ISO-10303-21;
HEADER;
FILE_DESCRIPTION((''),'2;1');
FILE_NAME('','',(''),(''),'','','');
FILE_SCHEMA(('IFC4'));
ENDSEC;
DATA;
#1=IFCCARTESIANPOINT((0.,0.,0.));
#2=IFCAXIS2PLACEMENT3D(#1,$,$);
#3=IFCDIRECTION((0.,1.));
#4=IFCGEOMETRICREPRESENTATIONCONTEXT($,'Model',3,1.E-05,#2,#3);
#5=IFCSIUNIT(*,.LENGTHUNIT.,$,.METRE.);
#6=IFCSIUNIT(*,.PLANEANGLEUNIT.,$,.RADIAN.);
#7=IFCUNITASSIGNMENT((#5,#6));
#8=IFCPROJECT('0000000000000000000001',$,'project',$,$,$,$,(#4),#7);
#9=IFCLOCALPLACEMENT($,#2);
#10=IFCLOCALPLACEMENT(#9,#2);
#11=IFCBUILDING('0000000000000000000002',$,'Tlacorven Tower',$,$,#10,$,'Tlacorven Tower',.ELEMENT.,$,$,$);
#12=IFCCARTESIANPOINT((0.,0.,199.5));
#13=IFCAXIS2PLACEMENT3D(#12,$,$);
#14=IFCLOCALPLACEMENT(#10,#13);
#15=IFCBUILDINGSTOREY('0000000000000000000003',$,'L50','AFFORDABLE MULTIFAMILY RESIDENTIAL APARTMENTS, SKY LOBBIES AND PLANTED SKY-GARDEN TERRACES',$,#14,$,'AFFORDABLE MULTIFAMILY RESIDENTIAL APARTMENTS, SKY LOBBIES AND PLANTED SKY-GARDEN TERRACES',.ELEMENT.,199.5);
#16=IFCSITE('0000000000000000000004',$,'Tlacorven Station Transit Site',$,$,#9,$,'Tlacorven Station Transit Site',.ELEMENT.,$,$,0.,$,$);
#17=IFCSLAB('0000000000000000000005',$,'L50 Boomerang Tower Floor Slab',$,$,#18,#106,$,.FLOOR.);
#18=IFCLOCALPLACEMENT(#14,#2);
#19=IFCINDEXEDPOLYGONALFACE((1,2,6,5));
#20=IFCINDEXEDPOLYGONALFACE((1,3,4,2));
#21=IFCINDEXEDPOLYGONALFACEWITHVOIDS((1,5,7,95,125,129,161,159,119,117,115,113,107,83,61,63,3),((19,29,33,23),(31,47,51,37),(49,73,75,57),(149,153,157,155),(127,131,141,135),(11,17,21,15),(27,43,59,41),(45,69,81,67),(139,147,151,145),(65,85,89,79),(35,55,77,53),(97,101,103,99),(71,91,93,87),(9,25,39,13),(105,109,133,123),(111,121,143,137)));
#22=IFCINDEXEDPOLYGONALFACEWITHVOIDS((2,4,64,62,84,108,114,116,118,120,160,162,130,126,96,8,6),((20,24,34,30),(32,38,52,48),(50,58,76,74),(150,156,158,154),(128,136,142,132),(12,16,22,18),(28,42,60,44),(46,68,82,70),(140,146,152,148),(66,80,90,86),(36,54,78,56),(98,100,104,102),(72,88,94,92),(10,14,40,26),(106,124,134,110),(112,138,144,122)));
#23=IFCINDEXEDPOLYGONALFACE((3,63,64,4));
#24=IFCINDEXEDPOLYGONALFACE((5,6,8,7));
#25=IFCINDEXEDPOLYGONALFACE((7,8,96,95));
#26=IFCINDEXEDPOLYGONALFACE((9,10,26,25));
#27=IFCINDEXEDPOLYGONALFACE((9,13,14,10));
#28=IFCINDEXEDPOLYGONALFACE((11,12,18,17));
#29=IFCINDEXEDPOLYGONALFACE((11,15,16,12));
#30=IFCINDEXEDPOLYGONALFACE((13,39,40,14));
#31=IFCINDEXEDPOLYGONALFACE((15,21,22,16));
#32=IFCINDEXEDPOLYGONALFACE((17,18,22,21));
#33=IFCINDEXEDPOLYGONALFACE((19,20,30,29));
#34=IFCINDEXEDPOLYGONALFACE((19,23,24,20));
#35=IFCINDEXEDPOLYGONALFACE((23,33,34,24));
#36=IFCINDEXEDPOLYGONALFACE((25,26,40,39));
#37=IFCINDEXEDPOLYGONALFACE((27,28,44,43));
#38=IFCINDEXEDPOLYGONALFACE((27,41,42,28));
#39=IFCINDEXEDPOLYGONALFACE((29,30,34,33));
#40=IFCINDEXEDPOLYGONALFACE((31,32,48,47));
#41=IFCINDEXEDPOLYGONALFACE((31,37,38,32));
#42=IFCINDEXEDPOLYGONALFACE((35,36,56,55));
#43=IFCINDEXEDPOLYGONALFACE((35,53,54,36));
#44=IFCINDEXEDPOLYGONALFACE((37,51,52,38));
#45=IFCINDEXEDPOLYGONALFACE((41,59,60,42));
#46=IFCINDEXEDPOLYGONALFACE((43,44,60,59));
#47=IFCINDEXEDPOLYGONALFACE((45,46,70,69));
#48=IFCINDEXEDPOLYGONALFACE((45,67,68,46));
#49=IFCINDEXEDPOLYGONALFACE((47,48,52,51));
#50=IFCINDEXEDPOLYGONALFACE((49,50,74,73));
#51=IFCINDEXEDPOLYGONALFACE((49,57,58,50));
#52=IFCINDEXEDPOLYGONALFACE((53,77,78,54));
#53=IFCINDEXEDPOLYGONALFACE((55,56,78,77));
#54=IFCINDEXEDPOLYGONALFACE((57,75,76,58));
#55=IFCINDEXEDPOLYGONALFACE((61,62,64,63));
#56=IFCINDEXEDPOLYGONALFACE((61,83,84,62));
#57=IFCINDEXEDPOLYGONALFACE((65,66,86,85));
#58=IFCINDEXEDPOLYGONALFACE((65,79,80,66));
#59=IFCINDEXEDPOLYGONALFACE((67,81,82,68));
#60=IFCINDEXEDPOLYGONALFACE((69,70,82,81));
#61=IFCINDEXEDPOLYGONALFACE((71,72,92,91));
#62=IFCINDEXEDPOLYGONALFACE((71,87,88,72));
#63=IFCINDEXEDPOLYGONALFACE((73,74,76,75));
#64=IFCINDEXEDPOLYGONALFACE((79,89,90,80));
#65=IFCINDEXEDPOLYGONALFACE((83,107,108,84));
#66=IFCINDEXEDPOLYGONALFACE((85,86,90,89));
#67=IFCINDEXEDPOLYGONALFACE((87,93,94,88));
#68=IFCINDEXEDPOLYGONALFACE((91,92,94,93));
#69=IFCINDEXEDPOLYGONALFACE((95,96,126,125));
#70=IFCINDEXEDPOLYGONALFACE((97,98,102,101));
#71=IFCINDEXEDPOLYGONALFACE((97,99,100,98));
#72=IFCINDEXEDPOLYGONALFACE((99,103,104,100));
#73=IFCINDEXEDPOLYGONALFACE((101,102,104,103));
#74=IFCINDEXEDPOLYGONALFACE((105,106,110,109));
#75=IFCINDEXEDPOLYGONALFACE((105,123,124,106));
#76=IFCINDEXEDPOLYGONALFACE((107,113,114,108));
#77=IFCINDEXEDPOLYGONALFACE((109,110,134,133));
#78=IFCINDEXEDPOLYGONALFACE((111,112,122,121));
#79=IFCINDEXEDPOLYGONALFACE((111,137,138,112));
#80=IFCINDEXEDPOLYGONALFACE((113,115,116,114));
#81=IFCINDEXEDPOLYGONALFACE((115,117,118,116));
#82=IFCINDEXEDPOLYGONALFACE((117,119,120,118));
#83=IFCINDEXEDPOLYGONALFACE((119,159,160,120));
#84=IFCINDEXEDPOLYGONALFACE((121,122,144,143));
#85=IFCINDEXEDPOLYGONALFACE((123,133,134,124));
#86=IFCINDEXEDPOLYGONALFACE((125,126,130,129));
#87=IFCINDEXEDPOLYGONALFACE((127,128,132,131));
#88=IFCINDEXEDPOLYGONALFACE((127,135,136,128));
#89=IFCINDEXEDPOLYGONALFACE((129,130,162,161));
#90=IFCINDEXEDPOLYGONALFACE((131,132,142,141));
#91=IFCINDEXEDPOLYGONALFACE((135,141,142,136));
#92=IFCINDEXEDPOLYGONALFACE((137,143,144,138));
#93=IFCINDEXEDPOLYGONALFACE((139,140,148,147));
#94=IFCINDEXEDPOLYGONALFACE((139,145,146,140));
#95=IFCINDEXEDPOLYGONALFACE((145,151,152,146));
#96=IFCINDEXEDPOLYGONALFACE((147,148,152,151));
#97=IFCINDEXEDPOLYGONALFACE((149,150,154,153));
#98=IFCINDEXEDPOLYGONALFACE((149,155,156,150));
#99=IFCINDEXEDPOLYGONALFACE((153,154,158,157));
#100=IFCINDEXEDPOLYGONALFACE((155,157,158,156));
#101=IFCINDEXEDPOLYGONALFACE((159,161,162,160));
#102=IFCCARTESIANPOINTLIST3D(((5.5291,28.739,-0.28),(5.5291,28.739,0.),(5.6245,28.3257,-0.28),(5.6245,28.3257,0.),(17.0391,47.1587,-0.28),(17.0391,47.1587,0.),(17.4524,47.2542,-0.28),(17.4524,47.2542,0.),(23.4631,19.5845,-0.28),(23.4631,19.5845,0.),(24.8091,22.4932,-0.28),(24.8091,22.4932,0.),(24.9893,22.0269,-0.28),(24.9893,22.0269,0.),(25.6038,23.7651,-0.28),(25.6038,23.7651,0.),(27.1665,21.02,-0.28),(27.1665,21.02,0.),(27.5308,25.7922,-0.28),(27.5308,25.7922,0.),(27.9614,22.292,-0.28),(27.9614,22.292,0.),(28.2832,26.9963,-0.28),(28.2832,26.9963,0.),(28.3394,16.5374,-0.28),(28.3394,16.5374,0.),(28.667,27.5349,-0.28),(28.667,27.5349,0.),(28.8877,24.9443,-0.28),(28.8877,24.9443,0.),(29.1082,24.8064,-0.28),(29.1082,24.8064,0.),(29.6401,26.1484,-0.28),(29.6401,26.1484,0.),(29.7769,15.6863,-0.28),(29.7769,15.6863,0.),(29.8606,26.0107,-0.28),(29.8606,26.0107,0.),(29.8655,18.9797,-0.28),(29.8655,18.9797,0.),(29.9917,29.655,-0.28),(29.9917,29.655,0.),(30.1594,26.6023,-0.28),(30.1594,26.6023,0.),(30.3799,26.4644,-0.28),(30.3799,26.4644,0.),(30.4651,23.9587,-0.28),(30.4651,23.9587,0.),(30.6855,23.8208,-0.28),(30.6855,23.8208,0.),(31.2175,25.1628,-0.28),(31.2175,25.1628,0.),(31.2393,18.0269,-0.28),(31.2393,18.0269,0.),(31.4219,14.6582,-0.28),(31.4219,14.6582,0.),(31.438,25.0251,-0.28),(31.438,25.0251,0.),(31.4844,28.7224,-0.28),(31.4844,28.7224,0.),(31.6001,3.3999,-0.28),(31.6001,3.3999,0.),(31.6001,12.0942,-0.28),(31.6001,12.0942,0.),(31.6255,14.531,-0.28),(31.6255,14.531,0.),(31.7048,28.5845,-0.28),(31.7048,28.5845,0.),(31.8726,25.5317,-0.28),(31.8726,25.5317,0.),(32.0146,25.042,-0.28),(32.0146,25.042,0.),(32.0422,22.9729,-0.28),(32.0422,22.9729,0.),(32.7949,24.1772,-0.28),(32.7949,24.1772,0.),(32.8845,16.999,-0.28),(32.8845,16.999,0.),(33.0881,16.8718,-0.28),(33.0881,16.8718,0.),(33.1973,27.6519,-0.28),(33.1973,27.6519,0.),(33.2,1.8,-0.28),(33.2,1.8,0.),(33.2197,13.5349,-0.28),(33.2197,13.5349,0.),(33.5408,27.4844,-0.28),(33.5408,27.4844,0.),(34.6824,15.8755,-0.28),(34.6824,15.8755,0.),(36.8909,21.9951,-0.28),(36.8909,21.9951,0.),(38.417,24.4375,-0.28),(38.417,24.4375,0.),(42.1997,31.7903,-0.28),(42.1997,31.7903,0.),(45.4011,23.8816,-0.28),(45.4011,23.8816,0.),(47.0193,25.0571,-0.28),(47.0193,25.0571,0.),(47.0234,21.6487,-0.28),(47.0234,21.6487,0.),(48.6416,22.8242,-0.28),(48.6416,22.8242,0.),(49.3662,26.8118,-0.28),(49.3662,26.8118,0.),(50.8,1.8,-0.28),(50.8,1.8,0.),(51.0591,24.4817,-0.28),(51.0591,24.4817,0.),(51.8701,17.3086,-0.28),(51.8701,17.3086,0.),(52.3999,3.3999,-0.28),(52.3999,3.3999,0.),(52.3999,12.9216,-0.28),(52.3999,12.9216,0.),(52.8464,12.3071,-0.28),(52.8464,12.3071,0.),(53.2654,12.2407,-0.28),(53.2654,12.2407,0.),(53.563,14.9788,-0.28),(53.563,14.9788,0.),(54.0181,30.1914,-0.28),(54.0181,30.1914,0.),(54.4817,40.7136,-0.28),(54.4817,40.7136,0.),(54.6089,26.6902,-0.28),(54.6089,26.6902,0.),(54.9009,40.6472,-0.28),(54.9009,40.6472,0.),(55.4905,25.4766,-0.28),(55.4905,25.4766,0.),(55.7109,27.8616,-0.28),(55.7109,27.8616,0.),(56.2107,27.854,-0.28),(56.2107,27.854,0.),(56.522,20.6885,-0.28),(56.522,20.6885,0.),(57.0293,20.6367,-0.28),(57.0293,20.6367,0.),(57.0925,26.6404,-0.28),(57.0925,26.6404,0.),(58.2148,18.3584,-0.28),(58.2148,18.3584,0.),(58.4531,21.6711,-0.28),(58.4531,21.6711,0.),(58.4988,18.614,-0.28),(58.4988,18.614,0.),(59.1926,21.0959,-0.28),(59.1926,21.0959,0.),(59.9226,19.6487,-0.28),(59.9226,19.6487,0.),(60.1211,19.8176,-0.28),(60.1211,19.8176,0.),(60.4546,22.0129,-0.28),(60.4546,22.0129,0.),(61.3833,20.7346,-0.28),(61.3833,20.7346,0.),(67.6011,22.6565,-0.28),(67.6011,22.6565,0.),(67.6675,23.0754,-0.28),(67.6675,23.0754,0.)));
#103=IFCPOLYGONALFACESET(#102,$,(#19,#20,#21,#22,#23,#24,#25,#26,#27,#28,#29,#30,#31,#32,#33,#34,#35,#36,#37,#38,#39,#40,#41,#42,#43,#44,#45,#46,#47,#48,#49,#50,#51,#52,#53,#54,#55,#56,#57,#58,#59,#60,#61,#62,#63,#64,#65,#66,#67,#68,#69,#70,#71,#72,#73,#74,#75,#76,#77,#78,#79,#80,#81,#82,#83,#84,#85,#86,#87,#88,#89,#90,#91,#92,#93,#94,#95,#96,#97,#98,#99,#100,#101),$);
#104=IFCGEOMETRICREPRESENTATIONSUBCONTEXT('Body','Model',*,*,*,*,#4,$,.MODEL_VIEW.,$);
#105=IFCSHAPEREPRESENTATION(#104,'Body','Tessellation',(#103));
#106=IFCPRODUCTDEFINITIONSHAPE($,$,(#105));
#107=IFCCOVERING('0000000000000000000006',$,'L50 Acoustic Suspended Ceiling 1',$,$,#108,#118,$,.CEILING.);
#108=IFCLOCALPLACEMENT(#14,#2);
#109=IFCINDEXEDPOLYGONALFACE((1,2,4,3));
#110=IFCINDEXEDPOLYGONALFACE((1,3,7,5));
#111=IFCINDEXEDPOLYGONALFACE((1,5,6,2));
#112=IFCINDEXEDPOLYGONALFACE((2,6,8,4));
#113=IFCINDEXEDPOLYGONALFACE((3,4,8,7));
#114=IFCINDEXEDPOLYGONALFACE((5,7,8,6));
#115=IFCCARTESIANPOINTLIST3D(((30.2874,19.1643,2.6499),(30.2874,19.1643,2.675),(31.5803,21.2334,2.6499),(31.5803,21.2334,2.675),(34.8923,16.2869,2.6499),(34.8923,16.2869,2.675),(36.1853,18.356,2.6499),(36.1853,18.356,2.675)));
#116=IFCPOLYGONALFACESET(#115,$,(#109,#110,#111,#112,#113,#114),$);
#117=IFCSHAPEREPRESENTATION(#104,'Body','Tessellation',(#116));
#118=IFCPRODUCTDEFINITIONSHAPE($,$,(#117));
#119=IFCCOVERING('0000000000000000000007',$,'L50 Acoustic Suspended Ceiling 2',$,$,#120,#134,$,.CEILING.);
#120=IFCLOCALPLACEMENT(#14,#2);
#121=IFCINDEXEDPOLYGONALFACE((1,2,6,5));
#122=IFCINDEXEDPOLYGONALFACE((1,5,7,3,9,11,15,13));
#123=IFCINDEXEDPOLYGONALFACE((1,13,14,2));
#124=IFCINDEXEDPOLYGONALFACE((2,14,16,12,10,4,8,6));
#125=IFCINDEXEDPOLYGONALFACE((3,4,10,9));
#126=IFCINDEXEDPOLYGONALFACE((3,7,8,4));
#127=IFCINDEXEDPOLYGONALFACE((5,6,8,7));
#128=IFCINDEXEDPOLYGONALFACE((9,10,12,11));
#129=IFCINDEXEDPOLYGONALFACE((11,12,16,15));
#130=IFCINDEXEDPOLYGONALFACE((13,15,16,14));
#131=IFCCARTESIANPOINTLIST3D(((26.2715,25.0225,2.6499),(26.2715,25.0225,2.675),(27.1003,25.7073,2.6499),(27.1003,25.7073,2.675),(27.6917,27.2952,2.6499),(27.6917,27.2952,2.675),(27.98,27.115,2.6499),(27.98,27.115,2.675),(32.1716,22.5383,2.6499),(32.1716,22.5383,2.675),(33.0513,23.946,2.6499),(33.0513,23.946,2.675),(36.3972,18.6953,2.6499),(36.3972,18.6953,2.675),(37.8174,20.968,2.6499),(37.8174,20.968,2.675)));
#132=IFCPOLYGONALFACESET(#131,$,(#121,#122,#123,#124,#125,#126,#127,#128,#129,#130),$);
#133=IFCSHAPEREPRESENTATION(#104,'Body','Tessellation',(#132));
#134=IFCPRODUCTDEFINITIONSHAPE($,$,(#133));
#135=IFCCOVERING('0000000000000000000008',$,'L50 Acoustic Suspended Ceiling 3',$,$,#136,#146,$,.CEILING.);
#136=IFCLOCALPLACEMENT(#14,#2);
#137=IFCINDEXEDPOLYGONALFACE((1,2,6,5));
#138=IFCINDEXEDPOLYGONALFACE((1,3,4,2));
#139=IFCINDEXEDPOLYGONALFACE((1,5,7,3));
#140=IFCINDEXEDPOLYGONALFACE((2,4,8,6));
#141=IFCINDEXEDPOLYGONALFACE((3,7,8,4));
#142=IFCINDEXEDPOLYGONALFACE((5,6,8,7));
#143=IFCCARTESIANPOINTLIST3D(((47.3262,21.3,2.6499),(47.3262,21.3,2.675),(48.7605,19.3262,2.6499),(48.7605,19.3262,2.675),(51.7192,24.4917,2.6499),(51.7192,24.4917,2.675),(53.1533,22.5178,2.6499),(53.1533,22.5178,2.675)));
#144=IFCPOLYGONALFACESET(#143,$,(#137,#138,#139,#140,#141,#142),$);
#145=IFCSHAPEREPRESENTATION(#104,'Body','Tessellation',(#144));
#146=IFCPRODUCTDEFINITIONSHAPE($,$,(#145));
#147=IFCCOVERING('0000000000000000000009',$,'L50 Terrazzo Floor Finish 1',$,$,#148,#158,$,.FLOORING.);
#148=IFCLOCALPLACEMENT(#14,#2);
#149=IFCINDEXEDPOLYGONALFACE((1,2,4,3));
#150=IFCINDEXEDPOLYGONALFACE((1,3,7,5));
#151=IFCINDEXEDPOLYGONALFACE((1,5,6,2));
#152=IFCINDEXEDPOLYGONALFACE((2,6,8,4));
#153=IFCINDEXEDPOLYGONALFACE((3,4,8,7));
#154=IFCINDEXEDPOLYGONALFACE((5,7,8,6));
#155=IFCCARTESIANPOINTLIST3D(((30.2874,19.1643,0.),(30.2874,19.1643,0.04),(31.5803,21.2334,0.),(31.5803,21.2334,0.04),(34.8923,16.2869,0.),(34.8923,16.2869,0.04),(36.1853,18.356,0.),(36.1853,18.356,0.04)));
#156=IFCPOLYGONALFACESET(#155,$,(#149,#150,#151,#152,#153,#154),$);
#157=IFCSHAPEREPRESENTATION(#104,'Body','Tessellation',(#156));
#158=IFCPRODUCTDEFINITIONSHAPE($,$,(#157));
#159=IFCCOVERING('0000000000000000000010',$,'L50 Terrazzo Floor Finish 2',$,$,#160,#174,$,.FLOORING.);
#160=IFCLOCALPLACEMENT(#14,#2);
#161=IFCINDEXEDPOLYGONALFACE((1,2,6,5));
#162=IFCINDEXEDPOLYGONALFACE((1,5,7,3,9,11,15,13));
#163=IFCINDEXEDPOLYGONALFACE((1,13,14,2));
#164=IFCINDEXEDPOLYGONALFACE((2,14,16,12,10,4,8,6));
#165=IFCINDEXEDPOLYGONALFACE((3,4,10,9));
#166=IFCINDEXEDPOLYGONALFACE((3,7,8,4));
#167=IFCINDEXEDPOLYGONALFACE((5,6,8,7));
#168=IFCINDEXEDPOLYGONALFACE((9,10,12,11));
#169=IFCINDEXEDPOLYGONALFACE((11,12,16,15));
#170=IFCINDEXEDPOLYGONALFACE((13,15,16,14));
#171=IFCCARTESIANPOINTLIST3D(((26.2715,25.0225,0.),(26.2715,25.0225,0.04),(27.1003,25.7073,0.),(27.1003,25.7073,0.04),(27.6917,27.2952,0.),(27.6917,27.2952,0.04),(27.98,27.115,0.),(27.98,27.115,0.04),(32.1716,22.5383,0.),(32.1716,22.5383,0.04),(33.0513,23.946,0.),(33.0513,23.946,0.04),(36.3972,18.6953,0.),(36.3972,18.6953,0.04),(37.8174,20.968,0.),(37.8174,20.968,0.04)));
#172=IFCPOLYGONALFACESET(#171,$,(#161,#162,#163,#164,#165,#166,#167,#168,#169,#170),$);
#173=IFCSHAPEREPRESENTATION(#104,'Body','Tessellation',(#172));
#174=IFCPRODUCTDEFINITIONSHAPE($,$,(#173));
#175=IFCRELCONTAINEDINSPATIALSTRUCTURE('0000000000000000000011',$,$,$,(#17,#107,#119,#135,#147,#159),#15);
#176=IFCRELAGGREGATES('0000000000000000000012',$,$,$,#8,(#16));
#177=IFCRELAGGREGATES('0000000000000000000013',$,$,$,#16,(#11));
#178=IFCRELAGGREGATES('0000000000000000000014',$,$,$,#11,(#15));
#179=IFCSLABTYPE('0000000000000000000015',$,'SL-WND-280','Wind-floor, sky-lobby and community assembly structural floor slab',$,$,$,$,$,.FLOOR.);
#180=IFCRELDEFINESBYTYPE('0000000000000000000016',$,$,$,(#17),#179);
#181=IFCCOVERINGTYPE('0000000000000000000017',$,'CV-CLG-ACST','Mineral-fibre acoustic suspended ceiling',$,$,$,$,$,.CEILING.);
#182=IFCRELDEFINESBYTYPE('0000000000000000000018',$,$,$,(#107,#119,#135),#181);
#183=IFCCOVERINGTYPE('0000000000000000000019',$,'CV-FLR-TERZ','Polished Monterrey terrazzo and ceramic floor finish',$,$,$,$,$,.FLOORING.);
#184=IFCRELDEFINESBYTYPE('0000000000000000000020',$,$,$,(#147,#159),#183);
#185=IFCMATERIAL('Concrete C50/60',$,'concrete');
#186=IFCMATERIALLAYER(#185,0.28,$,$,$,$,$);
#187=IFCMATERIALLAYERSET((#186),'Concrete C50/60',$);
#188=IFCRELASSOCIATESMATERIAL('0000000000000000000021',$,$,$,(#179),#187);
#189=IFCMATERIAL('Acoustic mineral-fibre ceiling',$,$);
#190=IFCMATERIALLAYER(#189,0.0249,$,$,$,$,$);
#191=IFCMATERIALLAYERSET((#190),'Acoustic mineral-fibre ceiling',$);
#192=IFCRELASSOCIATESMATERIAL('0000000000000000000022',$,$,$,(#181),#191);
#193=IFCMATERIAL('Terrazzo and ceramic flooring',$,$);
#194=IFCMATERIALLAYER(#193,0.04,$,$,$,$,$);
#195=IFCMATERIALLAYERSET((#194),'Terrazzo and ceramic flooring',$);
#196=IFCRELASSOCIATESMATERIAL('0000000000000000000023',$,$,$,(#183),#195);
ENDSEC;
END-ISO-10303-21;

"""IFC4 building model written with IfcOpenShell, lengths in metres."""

from ifc_helpers import new_model, si_unit, direction, frame, origin, place, context, subcontext, project, spatial, polyline, outline, extrude, material, layer, layer_set, type_object, element, save


model = new_model("IFC4")

# Units and contexts
model_context = context("Model", 3, precision=1e-05, world=origin(), true_north=direction((0.0, 1.0)))
body_context = subcontext(model_context, "Body", "Model", "MODEL_VIEW")
ifc_project = project(units=[si_unit("LENGTHUNIT", "METRE"), si_unit("PLANEANGLEUNIT", "RADIAN")], contexts=[model_context])

# Site, building, storey
site_placement = place(None, origin())
site = spatial("IfcSite", under=ifc_project, at=site_placement, Name="Tlacorven Station Transit Site", LongName="Tlacorven Station Transit Site", CompositionType="ELEMENT", RefElevation=0.0)
building_placement = place(site_placement, origin())
building = spatial("IfcBuilding", under=site, at=building_placement, Name="Tlacorven Tower", LongName="Tlacorven Tower", CompositionType="ELEMENT")
storey_placement = place(building_placement, frame((0.0, 0.0, 199.5)))
storey = spatial("IfcBuildingStorey", under=building, at=storey_placement, Name="L50", Description="AFFORDABLE MULTIFAMILY RESIDENTIAL APARTMENTS, SKY LOBBIES AND PLANTED SKY-GARDEN TERRACES", LongName="AFFORDABLE MULTIFAMILY RESIDENTIAL APARTMENTS, SKY LOBBIES AND PLANTED SKY-GARDEN TERRACES", CompositionType="ELEMENT", Elevation=199.5)

# Slab
ifc_material_1 = material(Name="Concrete C50/60", Category="concrete")
ifc_layer_1 = layer(ifc_material_1, 0.28)
ifc_layer_set_1 = layer_set([ifc_layer_1], Name="Concrete C50/60")
slab_type_1 = type_object("IfcSlabType", Name="SL-WND-280", Description="Wind-floor, sky-lobby and community assembly structural floor slab", PredefinedType="FLOOR", material=ifc_layer_set_1)
slab_1_placement = place(storey_placement, frame((0.0, 0.0, -0.28)))
element("IfcSlab", 1, at=slab_1_placement, inside=storey, type_object=slab_type_1, Name="L50 Boomerang Tower Floor Slab", PredefinedType="FLOOR", context=body_context, shape_type="SweptSolid", body=[
    extrude(outline(polyline([(52.3999, 3.3999), (50.8, 1.8), (33.2, 1.8), (31.6001, 3.3999), (31.6001, 12.0942), (5.6245, 28.3257), (5.5291, 28.739), (17.0391, 47.1587), (17.4524, 47.2542), (42.1997, 31.7903), (54.4817, 40.7136), (54.9009, 40.6472), (67.6675, 23.0754), (67.6011, 22.6565), (53.2654, 12.2407), (52.8464, 12.3071), (52.3999, 12.9216), (52.3999, 3.3999)]), holes=[polyline([(29.8655, 18.9797), (24.9893, 22.0269), (23.4631, 19.5845), (28.3394, 16.5374), (29.8655, 18.9797)]), polyline([(38.417, 24.4375), (33.5408, 27.4844), (32.0146, 25.042), (36.8909, 21.9951), (38.417, 24.4375)]), polyline([(51.0591, 24.4817), (55.7109, 27.8616), (54.0181, 30.1914), (49.3662, 26.8118), (51.0591, 24.4817)]), polyline([(53.563, 14.9788), (58.2148, 18.3584), (56.522, 20.6885), (51.8701, 17.3086), (53.563, 14.9788)]), polyline([(34.6824, 15.8755), (33.0881, 16.8718), (31.6255, 14.531), (33.2197, 13.5349), (34.6824, 15.8755)]), polyline([(32.8845, 16.999), (31.2393, 18.0269), (29.7769, 15.6863), (31.4219, 14.6582), (32.8845, 16.999)]), polyline([(47.0234, 21.6487), (48.6416, 22.8242), (47.0193, 25.0571), (45.4011, 23.8816), (47.0234, 21.6487)]), polyline([(33.1973, 27.6519), (31.7048, 28.5845), (30.3799, 26.4644), (31.8726, 25.5317), (33.1973, 27.6519)]), polyline([(31.4844, 28.7224), (29.9917, 29.655), (28.667, 27.5349), (30.1594, 26.6023), (31.4844, 28.7224)]), polyline([(32.7949, 24.1772), (31.438, 25.0251), (30.6855, 23.8208), (32.0422, 22.9729), (32.7949, 24.1772)]), polyline([(31.2175, 25.1628), (29.8606, 26.0107), (29.1082, 24.8064), (30.4651, 23.9587), (31.2175, 25.1628)]), polyline([(29.6401, 26.1484), (28.2832, 26.9963), (27.5308, 25.7922), (28.8877, 24.9443), (29.6401, 26.1484)]), polyline([(58.4988, 18.614), (59.9226, 19.6487), (58.4531, 21.6711), (57.0293, 20.6367), (58.4988, 18.614)]), polyline([(27.9614, 22.292), (25.6038, 23.7651), (24.8091, 22.4932), (27.1665, 21.02), (27.9614, 22.292)]), polyline([(55.4905, 25.4766), (57.0925, 26.6404), (56.2107, 27.854), (54.6089, 26.6902), (55.4905, 25.4766)]), polyline([(60.1211, 19.8176), (61.3833, 20.7346), (60.4546, 22.0129), (59.1926, 21.0959), (60.1211, 19.8176)])]), origin(), (0.0, 0.0, 1.0), 0.28),
])

# Coverings
ifc_material_2 = material(Name="Acoustic mineral-fibre ceiling")
ifc_layer_2 = layer(ifc_material_2, 0.0249)
ifc_layer_set_2 = layer_set([ifc_layer_2], Name="Acoustic mineral-fibre ceiling")
covering_type_1 = type_object("IfcCoveringType", Name="CV-CLG-ACST", Description="Mineral-fibre acoustic suspended ceiling", PredefinedType="CEILING", material=ifc_layer_set_2)
covering_1_placement = place(storey_placement, frame((0.0, 0.0, 2.6499)))
element("IfcCovering", 2, at=covering_1_placement, inside=storey, type_object=covering_type_1, Name="L50 Acoustic Suspended Ceiling 1", PredefinedType="CEILING", context=body_context, shape_type="SweptSolid", body=[
    extrude(outline(polyline([(36.1853, 18.356), (34.8923, 16.2869), (30.2874, 19.1643), (31.5803, 21.2334), (36.1853, 18.356)])), origin(), (0.0, 0.0, 1.0), 0.0251),
])
covering_2_placement = place(storey_placement, frame((0.0, 0.0, 2.6499)))
element("IfcCovering", 3, at=covering_2_placement, inside=storey, type_object=covering_type_1, Name="L50 Acoustic Suspended Ceiling 2", PredefinedType="CEILING", context=body_context, shape_type="SweptSolid", body=[
    extrude(outline(polyline([(37.8174, 20.968), (36.3972, 18.6953), (26.2715, 25.0225), (27.6917, 27.2952), (27.98, 27.115), (27.1003, 25.7073), (32.1716, 22.5383), (33.0513, 23.946), (37.8174, 20.968)])), origin(), (0.0, 0.0, 1.0), 0.0251),
])
covering_3_placement = place(storey_placement, frame((0.0, 0.0, 2.6499)))
element("IfcCovering", 4, at=covering_3_placement, inside=storey, type_object=covering_type_1, Name="L50 Acoustic Suspended Ceiling 3", PredefinedType="CEILING", context=body_context, shape_type="SweptSolid", body=[
    extrude(outline(polyline([(48.7605, 19.3262), (47.3262, 21.3), (51.7192, 24.4917), (53.1533, 22.5178), (48.7605, 19.3262)])), origin(), (0.0, 0.0, 1.0), 0.0251),
])
ifc_material_3 = material(Name="Terrazzo and ceramic flooring")
ifc_layer_3 = layer(ifc_material_3, 0.04)
ifc_layer_set_3 = layer_set([ifc_layer_3], Name="Terrazzo and ceramic flooring")
covering_type_2 = type_object("IfcCoveringType", Name="CV-FLR-TERZ", Description="Polished Monterrey terrazzo and ceramic floor finish", PredefinedType="FLOORING", material=ifc_layer_set_3)
covering_4_placement = place(storey_placement, origin())
element("IfcCovering", 5, at=covering_4_placement, inside=storey, type_object=covering_type_2, Name="L50 Terrazzo Floor Finish 1", PredefinedType="FLOORING", context=body_context, shape_type="SweptSolid", body=[
    extrude(outline(polyline([(36.1853, 18.356), (34.8923, 16.2869), (30.2874, 19.1643), (31.5803, 21.2334), (36.1853, 18.356)])), origin(), (0.0, 0.0, 1.0), 0.04),
])
covering_5_placement = place(storey_placement, origin())
element("IfcCovering", 6, at=covering_5_placement, inside=storey, type_object=covering_type_2, Name="L50 Terrazzo Floor Finish 2", PredefinedType="FLOORING", context=body_context, shape_type="SweptSolid", body=[
    extrude(outline(polyline([(37.8174, 20.968), (36.3972, 18.6953), (26.2715, 25.0225), (27.6917, 27.2952), (27.98, 27.115), (27.1003, 25.7073), (32.1716, 22.5383), (33.0513, 23.946), (37.8174, 20.968)])), origin(), (0.0, 0.0, 1.0), 0.04),
])

save(model, "model.ifc")
